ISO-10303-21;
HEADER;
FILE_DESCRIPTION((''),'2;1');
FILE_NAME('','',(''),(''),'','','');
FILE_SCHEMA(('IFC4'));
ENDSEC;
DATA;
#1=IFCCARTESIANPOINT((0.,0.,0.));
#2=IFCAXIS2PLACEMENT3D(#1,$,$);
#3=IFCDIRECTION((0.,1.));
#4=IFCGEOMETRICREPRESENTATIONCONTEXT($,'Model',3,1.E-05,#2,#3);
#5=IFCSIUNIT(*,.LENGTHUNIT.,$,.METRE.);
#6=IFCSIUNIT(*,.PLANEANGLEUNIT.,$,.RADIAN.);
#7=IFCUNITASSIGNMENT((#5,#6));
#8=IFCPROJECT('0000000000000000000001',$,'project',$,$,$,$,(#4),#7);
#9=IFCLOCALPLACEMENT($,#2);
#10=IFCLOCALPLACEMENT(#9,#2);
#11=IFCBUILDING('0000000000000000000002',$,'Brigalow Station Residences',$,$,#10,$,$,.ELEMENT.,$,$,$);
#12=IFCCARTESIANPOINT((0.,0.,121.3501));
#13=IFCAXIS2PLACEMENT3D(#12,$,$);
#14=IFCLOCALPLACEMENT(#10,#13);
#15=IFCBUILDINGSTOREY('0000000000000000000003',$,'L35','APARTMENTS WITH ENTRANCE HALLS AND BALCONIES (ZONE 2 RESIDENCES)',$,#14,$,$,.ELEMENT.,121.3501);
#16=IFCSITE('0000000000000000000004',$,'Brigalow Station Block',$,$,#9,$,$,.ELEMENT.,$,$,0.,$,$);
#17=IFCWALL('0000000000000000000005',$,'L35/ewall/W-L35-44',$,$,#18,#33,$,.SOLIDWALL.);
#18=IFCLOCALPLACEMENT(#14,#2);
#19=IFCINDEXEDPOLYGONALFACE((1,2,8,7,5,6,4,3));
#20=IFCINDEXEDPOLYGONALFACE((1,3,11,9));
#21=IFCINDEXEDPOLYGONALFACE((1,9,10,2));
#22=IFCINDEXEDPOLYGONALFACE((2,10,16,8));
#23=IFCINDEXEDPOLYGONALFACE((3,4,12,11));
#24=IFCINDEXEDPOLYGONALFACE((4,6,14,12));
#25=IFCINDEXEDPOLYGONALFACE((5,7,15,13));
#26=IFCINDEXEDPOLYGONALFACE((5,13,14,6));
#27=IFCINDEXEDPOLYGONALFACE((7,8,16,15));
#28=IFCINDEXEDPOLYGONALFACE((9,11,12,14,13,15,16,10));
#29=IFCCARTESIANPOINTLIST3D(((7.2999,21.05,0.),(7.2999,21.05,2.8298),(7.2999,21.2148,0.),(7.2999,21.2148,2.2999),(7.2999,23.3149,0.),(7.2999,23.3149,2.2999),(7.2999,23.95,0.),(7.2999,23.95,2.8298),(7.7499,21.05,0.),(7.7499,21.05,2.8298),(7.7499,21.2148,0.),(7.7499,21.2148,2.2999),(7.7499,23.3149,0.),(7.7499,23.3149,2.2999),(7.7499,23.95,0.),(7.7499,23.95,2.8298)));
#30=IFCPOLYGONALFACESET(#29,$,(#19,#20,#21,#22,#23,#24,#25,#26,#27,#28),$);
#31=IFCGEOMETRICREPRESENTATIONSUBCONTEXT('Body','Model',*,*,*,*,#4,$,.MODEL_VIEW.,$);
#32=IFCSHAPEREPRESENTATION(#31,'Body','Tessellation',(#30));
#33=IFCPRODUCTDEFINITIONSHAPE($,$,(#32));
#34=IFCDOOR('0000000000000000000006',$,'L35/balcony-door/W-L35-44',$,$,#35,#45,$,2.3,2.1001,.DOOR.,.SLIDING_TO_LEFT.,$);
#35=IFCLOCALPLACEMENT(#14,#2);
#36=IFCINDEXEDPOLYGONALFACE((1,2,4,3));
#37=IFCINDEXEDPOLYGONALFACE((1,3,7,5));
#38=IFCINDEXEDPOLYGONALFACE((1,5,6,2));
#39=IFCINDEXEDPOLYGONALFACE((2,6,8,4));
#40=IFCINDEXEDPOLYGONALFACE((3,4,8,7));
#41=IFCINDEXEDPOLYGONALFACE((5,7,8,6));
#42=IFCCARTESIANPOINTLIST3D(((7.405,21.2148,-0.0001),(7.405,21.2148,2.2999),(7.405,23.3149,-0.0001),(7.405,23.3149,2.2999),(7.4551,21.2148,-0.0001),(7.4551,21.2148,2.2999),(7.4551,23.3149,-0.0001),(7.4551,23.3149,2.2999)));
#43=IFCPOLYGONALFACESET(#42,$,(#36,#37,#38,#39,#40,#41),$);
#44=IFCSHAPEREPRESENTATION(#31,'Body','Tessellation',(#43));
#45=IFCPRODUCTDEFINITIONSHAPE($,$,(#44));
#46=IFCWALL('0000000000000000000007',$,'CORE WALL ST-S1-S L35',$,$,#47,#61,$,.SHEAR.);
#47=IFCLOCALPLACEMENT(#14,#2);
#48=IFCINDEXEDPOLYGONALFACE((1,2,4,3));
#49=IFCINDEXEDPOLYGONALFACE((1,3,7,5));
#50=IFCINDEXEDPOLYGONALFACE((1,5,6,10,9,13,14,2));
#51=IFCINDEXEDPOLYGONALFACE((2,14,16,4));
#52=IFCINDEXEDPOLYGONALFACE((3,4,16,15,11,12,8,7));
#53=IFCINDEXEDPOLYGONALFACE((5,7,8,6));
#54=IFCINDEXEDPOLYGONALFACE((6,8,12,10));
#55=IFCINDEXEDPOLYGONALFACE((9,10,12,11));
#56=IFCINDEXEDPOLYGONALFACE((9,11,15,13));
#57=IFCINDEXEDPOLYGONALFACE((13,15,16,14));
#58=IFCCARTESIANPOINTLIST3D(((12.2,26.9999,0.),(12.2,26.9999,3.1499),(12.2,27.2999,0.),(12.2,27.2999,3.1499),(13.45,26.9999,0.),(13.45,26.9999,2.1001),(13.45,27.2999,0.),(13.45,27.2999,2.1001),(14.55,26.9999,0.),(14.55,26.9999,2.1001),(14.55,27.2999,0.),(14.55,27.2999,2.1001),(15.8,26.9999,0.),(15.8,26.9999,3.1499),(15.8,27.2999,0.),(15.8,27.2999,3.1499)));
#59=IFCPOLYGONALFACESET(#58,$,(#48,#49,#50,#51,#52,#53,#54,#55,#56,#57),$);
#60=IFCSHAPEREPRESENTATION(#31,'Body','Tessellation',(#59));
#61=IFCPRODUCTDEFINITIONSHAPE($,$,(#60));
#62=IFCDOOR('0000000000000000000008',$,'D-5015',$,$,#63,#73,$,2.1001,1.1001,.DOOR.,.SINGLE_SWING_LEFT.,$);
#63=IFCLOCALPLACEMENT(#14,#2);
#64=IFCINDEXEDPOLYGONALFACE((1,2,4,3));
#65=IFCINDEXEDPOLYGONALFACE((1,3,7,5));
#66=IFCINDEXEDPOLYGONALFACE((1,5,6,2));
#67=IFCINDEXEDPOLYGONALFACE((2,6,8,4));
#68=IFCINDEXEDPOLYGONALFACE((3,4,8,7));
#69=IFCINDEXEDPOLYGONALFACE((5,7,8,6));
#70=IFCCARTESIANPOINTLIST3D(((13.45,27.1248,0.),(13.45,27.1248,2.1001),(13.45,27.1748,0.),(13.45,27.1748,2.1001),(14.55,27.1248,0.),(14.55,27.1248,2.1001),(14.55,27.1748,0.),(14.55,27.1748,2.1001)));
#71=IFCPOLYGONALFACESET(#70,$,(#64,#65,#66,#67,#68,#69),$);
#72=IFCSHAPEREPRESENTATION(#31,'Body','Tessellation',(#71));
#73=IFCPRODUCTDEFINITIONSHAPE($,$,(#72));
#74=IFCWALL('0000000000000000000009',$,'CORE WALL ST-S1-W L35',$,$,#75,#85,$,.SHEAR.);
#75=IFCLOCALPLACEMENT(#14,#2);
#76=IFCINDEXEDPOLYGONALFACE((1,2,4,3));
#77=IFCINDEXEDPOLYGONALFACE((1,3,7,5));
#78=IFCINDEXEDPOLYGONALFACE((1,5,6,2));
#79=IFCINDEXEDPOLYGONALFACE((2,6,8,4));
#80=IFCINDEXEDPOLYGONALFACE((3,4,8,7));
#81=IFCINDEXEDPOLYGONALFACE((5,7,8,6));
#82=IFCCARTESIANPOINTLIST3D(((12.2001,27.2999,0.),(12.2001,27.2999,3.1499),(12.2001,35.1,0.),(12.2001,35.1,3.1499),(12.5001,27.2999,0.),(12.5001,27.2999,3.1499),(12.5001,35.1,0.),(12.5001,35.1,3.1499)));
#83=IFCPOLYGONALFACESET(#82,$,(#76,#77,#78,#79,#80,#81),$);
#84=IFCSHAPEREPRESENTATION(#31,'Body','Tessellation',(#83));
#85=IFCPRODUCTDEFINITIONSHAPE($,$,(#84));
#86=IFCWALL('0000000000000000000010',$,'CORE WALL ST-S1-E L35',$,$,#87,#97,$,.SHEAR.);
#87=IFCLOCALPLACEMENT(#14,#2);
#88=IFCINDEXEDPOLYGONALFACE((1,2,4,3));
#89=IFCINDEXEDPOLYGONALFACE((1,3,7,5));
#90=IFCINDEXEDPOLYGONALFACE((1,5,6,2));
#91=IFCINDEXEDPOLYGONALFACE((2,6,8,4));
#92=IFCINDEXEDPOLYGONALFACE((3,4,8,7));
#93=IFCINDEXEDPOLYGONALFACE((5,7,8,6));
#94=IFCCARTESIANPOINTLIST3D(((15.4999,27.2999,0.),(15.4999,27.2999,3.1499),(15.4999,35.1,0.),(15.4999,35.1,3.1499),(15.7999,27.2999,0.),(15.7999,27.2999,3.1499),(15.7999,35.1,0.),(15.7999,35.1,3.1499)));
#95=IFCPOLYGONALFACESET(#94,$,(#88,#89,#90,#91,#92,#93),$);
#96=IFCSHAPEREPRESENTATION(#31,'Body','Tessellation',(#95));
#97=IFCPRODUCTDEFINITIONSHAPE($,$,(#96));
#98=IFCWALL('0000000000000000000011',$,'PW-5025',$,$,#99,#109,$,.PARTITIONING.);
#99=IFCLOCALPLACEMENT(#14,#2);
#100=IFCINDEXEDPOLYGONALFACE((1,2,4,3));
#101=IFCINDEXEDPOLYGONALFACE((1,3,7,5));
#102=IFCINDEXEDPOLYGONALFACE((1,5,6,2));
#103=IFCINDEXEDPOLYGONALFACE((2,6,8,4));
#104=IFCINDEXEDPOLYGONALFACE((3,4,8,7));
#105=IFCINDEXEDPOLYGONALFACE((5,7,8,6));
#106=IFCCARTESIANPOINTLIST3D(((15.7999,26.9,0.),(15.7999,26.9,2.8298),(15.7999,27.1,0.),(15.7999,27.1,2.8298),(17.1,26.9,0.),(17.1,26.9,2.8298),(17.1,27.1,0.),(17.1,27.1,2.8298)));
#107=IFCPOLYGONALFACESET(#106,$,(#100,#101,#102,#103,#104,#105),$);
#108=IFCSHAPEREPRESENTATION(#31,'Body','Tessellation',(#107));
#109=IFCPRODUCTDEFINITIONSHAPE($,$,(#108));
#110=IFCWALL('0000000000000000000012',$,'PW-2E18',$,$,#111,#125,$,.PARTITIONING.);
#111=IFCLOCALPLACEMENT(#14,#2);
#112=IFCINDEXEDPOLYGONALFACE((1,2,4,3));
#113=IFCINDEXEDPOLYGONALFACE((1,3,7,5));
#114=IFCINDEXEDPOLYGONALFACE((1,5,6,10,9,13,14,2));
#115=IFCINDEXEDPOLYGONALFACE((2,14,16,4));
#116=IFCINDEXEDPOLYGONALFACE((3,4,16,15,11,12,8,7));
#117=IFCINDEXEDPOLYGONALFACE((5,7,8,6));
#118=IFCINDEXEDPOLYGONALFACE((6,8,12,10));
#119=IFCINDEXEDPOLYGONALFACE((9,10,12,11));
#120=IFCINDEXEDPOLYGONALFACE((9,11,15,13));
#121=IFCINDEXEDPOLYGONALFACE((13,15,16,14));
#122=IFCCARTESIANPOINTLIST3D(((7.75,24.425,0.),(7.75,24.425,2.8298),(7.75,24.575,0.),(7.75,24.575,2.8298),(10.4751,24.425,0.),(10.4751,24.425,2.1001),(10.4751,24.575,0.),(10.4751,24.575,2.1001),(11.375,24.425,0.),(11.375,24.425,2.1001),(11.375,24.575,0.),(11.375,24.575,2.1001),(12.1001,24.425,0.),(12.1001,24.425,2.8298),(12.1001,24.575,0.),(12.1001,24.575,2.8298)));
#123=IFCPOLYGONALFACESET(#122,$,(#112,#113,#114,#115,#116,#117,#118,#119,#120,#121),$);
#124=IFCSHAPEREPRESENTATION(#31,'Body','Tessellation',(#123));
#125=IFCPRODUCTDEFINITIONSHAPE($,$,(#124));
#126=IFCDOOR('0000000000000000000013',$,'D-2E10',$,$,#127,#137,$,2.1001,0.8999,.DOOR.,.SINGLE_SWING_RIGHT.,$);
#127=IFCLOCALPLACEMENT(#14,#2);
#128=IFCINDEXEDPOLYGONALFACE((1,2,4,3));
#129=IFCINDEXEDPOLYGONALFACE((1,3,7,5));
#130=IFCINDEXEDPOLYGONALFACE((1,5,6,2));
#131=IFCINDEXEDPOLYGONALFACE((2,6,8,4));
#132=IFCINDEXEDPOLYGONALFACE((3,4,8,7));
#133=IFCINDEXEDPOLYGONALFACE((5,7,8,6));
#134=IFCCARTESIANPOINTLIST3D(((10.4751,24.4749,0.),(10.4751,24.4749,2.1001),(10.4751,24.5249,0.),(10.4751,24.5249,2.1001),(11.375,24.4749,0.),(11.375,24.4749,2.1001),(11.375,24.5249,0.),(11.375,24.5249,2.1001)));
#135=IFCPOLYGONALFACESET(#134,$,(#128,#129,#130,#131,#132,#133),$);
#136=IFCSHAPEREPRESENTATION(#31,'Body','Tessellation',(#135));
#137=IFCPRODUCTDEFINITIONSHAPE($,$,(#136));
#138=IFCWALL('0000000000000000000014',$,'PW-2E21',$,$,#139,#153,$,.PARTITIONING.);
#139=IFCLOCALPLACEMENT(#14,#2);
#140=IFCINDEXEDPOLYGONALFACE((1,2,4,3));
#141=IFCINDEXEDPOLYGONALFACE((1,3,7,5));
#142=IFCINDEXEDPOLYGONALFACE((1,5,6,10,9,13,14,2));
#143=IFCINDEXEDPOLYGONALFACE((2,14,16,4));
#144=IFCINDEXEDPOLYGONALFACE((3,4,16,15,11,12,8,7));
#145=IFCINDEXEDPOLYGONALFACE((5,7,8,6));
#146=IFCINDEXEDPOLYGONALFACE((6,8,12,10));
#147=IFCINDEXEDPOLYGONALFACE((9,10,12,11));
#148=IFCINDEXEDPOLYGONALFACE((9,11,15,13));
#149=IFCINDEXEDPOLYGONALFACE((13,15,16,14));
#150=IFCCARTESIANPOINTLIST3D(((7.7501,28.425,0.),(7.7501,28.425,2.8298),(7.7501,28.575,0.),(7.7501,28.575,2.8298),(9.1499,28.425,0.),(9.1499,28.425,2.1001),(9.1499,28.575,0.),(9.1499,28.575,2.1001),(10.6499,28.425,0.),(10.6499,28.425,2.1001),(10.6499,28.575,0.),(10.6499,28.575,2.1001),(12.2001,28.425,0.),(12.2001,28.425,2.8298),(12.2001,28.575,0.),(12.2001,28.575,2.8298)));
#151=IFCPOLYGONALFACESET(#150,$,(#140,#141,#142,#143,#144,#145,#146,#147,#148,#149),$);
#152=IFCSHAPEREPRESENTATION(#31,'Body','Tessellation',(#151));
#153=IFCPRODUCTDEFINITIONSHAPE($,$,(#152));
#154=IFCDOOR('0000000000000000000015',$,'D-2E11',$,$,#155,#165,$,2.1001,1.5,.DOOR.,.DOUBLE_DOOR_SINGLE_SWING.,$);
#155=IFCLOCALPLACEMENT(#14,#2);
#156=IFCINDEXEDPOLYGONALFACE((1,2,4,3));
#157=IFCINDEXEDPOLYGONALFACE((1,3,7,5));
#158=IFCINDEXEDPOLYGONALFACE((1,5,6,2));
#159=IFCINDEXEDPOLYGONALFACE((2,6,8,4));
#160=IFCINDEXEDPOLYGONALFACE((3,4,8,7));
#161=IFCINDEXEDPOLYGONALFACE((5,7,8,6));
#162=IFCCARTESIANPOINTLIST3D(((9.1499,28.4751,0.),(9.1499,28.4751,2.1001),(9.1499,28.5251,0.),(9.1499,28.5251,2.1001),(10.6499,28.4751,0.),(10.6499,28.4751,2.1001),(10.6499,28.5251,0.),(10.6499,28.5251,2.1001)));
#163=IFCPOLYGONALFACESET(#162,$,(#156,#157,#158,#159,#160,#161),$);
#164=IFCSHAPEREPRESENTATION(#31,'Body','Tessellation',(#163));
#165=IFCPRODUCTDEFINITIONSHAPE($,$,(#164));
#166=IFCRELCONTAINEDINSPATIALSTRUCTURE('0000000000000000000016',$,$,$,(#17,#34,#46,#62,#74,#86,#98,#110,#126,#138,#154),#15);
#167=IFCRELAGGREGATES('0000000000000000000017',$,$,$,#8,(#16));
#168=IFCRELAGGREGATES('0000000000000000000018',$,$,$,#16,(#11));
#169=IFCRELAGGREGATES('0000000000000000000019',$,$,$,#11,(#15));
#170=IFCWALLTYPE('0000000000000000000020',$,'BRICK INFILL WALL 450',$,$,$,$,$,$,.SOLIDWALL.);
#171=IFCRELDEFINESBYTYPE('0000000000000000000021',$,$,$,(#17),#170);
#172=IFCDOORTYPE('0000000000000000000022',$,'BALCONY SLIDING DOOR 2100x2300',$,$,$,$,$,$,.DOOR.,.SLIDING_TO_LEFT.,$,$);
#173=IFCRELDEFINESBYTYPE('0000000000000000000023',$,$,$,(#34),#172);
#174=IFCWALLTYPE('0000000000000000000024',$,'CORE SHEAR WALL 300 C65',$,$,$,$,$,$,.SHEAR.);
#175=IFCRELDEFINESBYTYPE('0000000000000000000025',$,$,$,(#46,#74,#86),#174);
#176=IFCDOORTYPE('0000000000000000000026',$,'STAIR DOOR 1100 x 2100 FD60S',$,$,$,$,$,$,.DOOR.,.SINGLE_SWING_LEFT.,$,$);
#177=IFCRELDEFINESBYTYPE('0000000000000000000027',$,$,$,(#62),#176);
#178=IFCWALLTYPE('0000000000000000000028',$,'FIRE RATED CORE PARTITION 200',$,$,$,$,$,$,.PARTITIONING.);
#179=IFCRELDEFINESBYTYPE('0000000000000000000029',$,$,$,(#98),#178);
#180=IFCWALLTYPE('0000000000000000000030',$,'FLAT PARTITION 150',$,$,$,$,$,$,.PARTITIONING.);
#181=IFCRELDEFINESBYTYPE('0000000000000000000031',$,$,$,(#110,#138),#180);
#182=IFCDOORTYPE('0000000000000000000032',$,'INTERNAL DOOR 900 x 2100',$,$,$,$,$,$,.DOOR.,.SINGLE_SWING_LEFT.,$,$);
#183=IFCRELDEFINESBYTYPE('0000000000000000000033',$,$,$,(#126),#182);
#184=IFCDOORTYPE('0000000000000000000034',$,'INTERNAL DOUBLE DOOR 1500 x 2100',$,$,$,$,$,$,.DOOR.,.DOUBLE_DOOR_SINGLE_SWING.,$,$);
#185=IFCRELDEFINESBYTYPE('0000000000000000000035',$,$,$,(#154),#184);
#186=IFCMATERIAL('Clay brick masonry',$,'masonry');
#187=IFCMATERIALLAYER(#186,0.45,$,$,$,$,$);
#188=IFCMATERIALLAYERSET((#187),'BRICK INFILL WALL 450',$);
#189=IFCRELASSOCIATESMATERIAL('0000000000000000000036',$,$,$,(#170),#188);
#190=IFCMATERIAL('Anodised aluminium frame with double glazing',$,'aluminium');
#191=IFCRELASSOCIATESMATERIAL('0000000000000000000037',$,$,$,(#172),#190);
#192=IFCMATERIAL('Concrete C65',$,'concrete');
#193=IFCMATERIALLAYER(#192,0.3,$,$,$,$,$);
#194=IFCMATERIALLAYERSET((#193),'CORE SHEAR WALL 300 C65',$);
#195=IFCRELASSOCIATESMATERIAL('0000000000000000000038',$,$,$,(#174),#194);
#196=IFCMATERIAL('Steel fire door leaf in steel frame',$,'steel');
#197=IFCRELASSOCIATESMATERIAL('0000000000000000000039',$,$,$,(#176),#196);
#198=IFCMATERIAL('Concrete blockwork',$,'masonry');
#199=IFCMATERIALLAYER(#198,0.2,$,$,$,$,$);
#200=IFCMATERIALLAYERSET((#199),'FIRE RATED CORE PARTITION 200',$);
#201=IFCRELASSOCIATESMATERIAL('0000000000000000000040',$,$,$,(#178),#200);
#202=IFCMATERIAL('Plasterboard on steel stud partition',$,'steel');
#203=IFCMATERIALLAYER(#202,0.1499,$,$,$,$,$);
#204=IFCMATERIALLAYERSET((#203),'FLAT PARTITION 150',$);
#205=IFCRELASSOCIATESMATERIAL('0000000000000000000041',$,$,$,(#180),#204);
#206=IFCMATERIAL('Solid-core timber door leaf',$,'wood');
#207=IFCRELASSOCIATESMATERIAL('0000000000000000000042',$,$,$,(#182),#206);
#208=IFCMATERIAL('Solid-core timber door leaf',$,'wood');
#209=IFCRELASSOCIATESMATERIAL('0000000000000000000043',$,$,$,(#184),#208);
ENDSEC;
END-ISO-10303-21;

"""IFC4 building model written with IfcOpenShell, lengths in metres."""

from ifc_helpers import new_model, si_unit, direction, frame, frame_2d, origin, place, context, subcontext, project, spatial, rectangle, extrude, material, layer, layer_set, type_object, element, fill, save


model = new_model("IFC4")

# Units and contexts
model_context = context("Model", 3, precision=1e-05, world=origin(), true_north=direction((0.0, 1.0)))
body_context = subcontext(model_context, "Body", "Model", "MODEL_VIEW")
ifc_project = project(units=[si_unit("LENGTHUNIT", "METRE"), si_unit("PLANEANGLEUNIT", "RADIAN")], contexts=[model_context])

# Site, building, storey
site_placement = place(None, origin())
site = spatial("IfcSite", under=ifc_project, at=site_placement, Name="Brigalow Station Block", CompositionType="ELEMENT", RefElevation=0.0)
building_placement = place(site_placement, origin())
building = spatial("IfcBuilding", under=site, at=building_placement, Name="Brigalow Station Residences", CompositionType="ELEMENT")
storey_placement = place(building_placement, frame((0.0, 0.0, 121.3501)))
storey = spatial("IfcBuildingStorey", under=building, at=storey_placement, Name="L35", Description="APARTMENTS WITH ENTRANCE HALLS AND BALCONIES (ZONE 2 RESIDENCES)", CompositionType="ELEMENT", Elevation=121.3501)

# Shared definitions
ifc_material_1 = material(Name="Clay brick masonry", Category="masonry")
ifc_layer_1 = layer(ifc_material_1, 0.45)
ifc_layer_set_1 = layer_set([ifc_layer_1], Name="BRICK INFILL WALL 450")
wall_type_1 = type_object("IfcWallType", Name="BRICK INFILL WALL 450", PredefinedType="SOLIDWALL", material=ifc_layer_set_1)

# Walls, openings, doors
wall_1_placement = place(storey_placement, frame((7.5249, 23.95, 0.0), z_axis=(0.0, 0.0, 1.0), x_axis=(0.0, -1.0, 0.0)))
wall_1 = element("IfcWall", 1, at=wall_1_placement, inside=storey, type_object=wall_type_1, Name="L35/ewall/W-L35-44", PredefinedType="SOLIDWALL", context=body_context, shape_type="SweptSolid", body=[
    extrude(rectangle(XDim=2.8999, YDim=0.45, at=frame_2d((1.45, 0.0))), origin(), (0.0, 0.0, 1.0), 2.8298),
])
opening_1_placement = place(wall_1_placement, frame((0.635, 0.0, 0.0)))
opening_1 = element("IfcOpeningElement", 2, at=opening_1_placement, cuts=wall_1, PredefinedType="OPENING", context=body_context, shape_type="SweptSolid", body=[
    extrude(rectangle(XDim=2.1001, YDim=2.3, at=frame_2d((1.05, 1.1499))), frame((0.0, 0.2349, 0.0), z_axis=(0.0, -1.0, 0.0), x_axis=(1.0, 0.0, 0.0)), (0.0, 0.0, 1.0), 0.47),
])
ifc_material_2 = material(Name="Anodised aluminium frame with double glazing", Category="aluminium")
door_type_1 = type_object("IfcDoorType", Name="BALCONY SLIDING DOOR 2100x2300", OperationType="SLIDING_TO_LEFT", PredefinedType="DOOR", material=ifc_material_2)
door_1_placement = place(opening_1_placement, origin())
door_1 = element("IfcDoor", 3, at=door_1_placement, inside=storey, type_object=door_type_1, Name="L35/balcony-door/W-L35-44", OperationType="SLIDING_TO_LEFT", OverallHeight=2.3, OverallWidth=2.1001, PredefinedType="DOOR", context=body_context, shape_type="SweptSolid", body=[
    extrude(rectangle(XDim=2.1001, YDim=2.3, at=frame_2d((1.05, 1.1499))), frame((0.0, -0.0698, 0.0), z_axis=(0.0, -1.0, 0.0), x_axis=(1.0, 0.0, 0.0)), (0.0, 0.0, 1.0), 0.05),
])
fill(opening_1, door_1)
ifc_material_3 = material(Name="Concrete C65", Category="concrete")
ifc_layer_2 = layer(ifc_material_3, 0.3)
ifc_layer_set_2 = layer_set([ifc_layer_2], Name="CORE SHEAR WALL 300 C65")
wall_type_2 = type_object("IfcWallType", Name="CORE SHEAR WALL 300 C65", PredefinedType="SHEAR", material=ifc_layer_set_2)
wall_2_placement = place(storey_placement, frame((12.2, 27.1499, 0.0), z_axis=(0.0, 0.0, 1.0), x_axis=(1.0, 0.0, 0.0)))
wall_2 = element("IfcWall", 4, at=wall_2_placement, inside=storey, type_object=wall_type_2, Name="CORE WALL ST-S1-S L35", PredefinedType="SHEAR", context=body_context, shape_type="SweptSolid", body=[
    extrude(rectangle(XDim=3.6001, YDim=0.3, at=frame_2d((1.8, 0.0))), origin(), (0.0, 0.0, 1.0), 3.1499),
])
opening_2_placement = place(wall_2_placement, frame((1.25, 0.0, 0.0)))
opening_2 = element("IfcOpeningElement", 5, at=opening_2_placement, cuts=wall_2, PredefinedType="OPENING", context=body_context, shape_type="SweptSolid", body=[
    extrude(rectangle(XDim=1.1001, YDim=2.1001, at=frame_2d((0.55, 1.05))), frame((0.0, 0.1602, 0.0), z_axis=(0.0, -1.0, 0.0), x_axis=(1.0, 0.0, 0.0)), (0.0, 0.0, 1.0), 0.3201),
])
ifc_material_4 = material(Name="Steel fire door leaf in steel frame", Category="steel")
door_type_2 = type_object("IfcDoorType", Name="STAIR DOOR 1100 x 2100 FD60S", OperationType="SINGLE_SWING_LEFT", PredefinedType="DOOR", material=ifc_material_4)
door_2_placement = place(opening_2_placement, origin())
door_2 = element("IfcDoor", 6, at=door_2_placement, inside=storey, type_object=door_type_2, Name="D-5015", OperationType="SINGLE_SWING_LEFT", OverallHeight=2.1001, OverallWidth=1.1001, PredefinedType="DOOR", context=body_context, shape_type="SweptSolid", body=[
    extrude(rectangle(XDim=1.1001, YDim=2.1001, at=frame_2d((0.55, 1.05))), frame((0.0, 0.0249, 0.0), z_axis=(0.0, -1.0, 0.0), x_axis=(1.0, 0.0, 0.0)), (0.0, 0.0, 1.0), 0.05),
])
fill(opening_2, door_2)

# Walls
for number, where, z_axis, x_axis, name in (
    (7, (12.3501, 27.3, 0.0), (0.0, 0.0, 1.0), (0.0, 1.0, 0.0), "CORE WALL ST-S1-W L35"),
    (8, (15.6499, 27.3, 0.0), (0.0, 0.0, 1.0), (0.0, 1.0, 0.0), "CORE WALL ST-S1-E L35"),
):
    element("IfcWall", number, at=place(storey_placement, frame(where, z_axis=z_axis, x_axis=x_axis)), inside=storey, type_object=wall_type_2, Name=name, PredefinedType="SHEAR", context=body_context, shape_type="SweptSolid", body=[
        extrude(rectangle(XDim=7.8, YDim=0.3, at=frame_2d((3.8999, 0.0))), origin(), (0.0, 0.0, 1.0), 3.1499),
    ])
ifc_material_5 = material(Name="Concrete blockwork", Category="masonry")
ifc_layer_3 = layer(ifc_material_5, 0.2)
ifc_layer_set_3 = layer_set([ifc_layer_3], Name="FIRE RATED CORE PARTITION 200")
wall_type_3 = type_object("IfcWallType", Name="FIRE RATED CORE PARTITION 200", PredefinedType="PARTITIONING", material=ifc_layer_set_3)
wall_3_placement = place(storey_placement, frame((15.8, 27.0, 0.0), z_axis=(0.0, 0.0, 1.0), x_axis=(1.0, 0.0, 0.0)))
element("IfcWall", 9, at=wall_3_placement, inside=storey, type_object=wall_type_3, Name="PW-5025", PredefinedType="PARTITIONING", context=body_context, shape_type="SweptSolid", body=[
    extrude(rectangle(XDim=1.3, YDim=0.2, at=frame_2d((0.6499, 0.0))), origin(), (0.0, 0.0, 1.0), 2.8298),
])

# Walls, openings, doors
ifc_material_6 = material(Name="Plasterboard on steel stud partition", Category="steel")
ifc_layer_4 = layer(ifc_material_6, 0.1499)
ifc_layer_set_4 = layer_set([ifc_layer_4], Name="FLAT PARTITION 150")
wall_type_4 = type_object("IfcWallType", Name="FLAT PARTITION 150", PredefinedType="PARTITIONING", material=ifc_layer_set_4)
wall_4_placement = place(storey_placement, frame((7.75, 24.5, 0.0), z_axis=(0.0, 0.0, 1.0), x_axis=(1.0, 0.0, 0.0)))
wall_4 = element("IfcWall", 10, at=wall_4_placement, inside=storey, type_object=wall_type_4, Name="PW-2E18", PredefinedType="PARTITIONING", context=body_context, shape_type="SweptSolid", body=[
    extrude(rectangle(XDim=4.3501, YDim=0.1499, at=frame_2d((2.175, 0.0))), origin(), (0.0, 0.0, 1.0), 2.8298),
])
opening_3_placement = place(wall_4_placement, frame((2.7251, 0.0, 0.0)))
opening_3 = element("IfcOpeningElement", 11, at=opening_3_placement, cuts=wall_4, PredefinedType="OPENING", context=body_context, shape_type="SweptSolid", body=[
    extrude(rectangle(XDim=0.8999, YDim=2.1001, at=frame_2d((0.45, 1.05))), frame((0.0, 0.085, 0.0), z_axis=(0.0, -1.0, 0.0), x_axis=(1.0, 0.0, 0.0)), (0.0, 0.0, 1.0), 0.1699),
])
ifc_material_7 = material(Name="Solid-core timber door leaf", Category="wood")
door_type_3 = type_object("IfcDoorType", Name="INTERNAL DOOR 900 x 2100", OperationType="SINGLE_SWING_LEFT", PredefinedType="DOOR", material=ifc_material_7)
door_3_placement = place(opening_3_placement, origin())
door_3 = element("IfcDoor", 12, at=door_3_placement, inside=storey, type_object=door_type_3, Name="D-2E10", OperationType="SINGLE_SWING_RIGHT", OverallHeight=2.1001, OverallWidth=0.8999, PredefinedType="DOOR", context=body_context, shape_type="SweptSolid", body=[
    extrude(rectangle(XDim=0.8999, YDim=2.1001, at=frame_2d((0.45, 1.05))), frame((0.0, 0.0249, 0.0), z_axis=(0.0, -1.0, 0.0), x_axis=(1.0, 0.0, 0.0)), (0.0, 0.0, 1.0), 0.05),
])
fill(opening_3, door_3)
wall_5_placement = place(storey_placement, frame((7.75, 28.5, 0.0), z_axis=(0.0, 0.0, 1.0), x_axis=(1.0, 0.0, 0.0)))
wall_5 = element("IfcWall", 13, at=wall_5_placement, inside=storey, type_object=wall_type_4, Name="PW-2E21", PredefinedType="PARTITIONING", context=body_context, shape_type="SweptSolid", body=[
    extrude(rectangle(XDim=4.45, YDim=0.1499, at=frame_2d((2.2251, 0.0))), origin(), (0.0, 0.0, 1.0), 2.8298),
])
opening_4_placement = place(wall_5_placement, frame((1.3999, 0.0, 0.0)))
opening_4 = element("IfcOpeningElement", 14, at=opening_4_placement, cuts=wall_5, PredefinedType="OPENING", context=body_context, shape_type="SweptSolid", body=[
    extrude(rectangle(XDim=1.5, YDim=2.1001, at=frame_2d((0.75, 1.05))), frame((0.0, 0.085, 0.0), z_axis=(0.0, -1.0, 0.0), x_axis=(1.0, 0.0, 0.0)), (0.0, 0.0, 1.0), 0.1699),
])
ifc_material_8 = material(Name="Solid-core timber door leaf", Category="wood")
door_type_4 = type_object("IfcDoorType", Name="INTERNAL DOUBLE DOOR 1500 x 2100", OperationType="DOUBLE_DOOR_SINGLE_SWING", PredefinedType="DOOR", material=ifc_material_8)
door_4_placement = place(opening_4_placement, frame((1.5, 0.0, 0.0), z_axis=(0.0, 0.0, 1.0), x_axis=(-1.0, 0.0, 0.0)))
door_4 = element("IfcDoor", 15, at=door_4_placement, inside=storey, type_object=door_type_4, Name="D-2E11", OperationType="DOUBLE_DOOR_SINGLE_SWING", OverallHeight=2.1001, OverallWidth=1.5, PredefinedType="DOOR", context=body_context, shape_type="SweptSolid", body=[
    extrude(rectangle(XDim=1.5, YDim=2.1001, at=frame_2d((0.75, 1.05))), frame((0.0, 0.0249, 0.0), z_axis=(0.0, -1.0, 0.0), x_axis=(1.0, 0.0, 0.0)), (0.0, 0.0, 1.0), 0.05),
])
fill(opening_4, door_4)

save(model, "model.ifc")
